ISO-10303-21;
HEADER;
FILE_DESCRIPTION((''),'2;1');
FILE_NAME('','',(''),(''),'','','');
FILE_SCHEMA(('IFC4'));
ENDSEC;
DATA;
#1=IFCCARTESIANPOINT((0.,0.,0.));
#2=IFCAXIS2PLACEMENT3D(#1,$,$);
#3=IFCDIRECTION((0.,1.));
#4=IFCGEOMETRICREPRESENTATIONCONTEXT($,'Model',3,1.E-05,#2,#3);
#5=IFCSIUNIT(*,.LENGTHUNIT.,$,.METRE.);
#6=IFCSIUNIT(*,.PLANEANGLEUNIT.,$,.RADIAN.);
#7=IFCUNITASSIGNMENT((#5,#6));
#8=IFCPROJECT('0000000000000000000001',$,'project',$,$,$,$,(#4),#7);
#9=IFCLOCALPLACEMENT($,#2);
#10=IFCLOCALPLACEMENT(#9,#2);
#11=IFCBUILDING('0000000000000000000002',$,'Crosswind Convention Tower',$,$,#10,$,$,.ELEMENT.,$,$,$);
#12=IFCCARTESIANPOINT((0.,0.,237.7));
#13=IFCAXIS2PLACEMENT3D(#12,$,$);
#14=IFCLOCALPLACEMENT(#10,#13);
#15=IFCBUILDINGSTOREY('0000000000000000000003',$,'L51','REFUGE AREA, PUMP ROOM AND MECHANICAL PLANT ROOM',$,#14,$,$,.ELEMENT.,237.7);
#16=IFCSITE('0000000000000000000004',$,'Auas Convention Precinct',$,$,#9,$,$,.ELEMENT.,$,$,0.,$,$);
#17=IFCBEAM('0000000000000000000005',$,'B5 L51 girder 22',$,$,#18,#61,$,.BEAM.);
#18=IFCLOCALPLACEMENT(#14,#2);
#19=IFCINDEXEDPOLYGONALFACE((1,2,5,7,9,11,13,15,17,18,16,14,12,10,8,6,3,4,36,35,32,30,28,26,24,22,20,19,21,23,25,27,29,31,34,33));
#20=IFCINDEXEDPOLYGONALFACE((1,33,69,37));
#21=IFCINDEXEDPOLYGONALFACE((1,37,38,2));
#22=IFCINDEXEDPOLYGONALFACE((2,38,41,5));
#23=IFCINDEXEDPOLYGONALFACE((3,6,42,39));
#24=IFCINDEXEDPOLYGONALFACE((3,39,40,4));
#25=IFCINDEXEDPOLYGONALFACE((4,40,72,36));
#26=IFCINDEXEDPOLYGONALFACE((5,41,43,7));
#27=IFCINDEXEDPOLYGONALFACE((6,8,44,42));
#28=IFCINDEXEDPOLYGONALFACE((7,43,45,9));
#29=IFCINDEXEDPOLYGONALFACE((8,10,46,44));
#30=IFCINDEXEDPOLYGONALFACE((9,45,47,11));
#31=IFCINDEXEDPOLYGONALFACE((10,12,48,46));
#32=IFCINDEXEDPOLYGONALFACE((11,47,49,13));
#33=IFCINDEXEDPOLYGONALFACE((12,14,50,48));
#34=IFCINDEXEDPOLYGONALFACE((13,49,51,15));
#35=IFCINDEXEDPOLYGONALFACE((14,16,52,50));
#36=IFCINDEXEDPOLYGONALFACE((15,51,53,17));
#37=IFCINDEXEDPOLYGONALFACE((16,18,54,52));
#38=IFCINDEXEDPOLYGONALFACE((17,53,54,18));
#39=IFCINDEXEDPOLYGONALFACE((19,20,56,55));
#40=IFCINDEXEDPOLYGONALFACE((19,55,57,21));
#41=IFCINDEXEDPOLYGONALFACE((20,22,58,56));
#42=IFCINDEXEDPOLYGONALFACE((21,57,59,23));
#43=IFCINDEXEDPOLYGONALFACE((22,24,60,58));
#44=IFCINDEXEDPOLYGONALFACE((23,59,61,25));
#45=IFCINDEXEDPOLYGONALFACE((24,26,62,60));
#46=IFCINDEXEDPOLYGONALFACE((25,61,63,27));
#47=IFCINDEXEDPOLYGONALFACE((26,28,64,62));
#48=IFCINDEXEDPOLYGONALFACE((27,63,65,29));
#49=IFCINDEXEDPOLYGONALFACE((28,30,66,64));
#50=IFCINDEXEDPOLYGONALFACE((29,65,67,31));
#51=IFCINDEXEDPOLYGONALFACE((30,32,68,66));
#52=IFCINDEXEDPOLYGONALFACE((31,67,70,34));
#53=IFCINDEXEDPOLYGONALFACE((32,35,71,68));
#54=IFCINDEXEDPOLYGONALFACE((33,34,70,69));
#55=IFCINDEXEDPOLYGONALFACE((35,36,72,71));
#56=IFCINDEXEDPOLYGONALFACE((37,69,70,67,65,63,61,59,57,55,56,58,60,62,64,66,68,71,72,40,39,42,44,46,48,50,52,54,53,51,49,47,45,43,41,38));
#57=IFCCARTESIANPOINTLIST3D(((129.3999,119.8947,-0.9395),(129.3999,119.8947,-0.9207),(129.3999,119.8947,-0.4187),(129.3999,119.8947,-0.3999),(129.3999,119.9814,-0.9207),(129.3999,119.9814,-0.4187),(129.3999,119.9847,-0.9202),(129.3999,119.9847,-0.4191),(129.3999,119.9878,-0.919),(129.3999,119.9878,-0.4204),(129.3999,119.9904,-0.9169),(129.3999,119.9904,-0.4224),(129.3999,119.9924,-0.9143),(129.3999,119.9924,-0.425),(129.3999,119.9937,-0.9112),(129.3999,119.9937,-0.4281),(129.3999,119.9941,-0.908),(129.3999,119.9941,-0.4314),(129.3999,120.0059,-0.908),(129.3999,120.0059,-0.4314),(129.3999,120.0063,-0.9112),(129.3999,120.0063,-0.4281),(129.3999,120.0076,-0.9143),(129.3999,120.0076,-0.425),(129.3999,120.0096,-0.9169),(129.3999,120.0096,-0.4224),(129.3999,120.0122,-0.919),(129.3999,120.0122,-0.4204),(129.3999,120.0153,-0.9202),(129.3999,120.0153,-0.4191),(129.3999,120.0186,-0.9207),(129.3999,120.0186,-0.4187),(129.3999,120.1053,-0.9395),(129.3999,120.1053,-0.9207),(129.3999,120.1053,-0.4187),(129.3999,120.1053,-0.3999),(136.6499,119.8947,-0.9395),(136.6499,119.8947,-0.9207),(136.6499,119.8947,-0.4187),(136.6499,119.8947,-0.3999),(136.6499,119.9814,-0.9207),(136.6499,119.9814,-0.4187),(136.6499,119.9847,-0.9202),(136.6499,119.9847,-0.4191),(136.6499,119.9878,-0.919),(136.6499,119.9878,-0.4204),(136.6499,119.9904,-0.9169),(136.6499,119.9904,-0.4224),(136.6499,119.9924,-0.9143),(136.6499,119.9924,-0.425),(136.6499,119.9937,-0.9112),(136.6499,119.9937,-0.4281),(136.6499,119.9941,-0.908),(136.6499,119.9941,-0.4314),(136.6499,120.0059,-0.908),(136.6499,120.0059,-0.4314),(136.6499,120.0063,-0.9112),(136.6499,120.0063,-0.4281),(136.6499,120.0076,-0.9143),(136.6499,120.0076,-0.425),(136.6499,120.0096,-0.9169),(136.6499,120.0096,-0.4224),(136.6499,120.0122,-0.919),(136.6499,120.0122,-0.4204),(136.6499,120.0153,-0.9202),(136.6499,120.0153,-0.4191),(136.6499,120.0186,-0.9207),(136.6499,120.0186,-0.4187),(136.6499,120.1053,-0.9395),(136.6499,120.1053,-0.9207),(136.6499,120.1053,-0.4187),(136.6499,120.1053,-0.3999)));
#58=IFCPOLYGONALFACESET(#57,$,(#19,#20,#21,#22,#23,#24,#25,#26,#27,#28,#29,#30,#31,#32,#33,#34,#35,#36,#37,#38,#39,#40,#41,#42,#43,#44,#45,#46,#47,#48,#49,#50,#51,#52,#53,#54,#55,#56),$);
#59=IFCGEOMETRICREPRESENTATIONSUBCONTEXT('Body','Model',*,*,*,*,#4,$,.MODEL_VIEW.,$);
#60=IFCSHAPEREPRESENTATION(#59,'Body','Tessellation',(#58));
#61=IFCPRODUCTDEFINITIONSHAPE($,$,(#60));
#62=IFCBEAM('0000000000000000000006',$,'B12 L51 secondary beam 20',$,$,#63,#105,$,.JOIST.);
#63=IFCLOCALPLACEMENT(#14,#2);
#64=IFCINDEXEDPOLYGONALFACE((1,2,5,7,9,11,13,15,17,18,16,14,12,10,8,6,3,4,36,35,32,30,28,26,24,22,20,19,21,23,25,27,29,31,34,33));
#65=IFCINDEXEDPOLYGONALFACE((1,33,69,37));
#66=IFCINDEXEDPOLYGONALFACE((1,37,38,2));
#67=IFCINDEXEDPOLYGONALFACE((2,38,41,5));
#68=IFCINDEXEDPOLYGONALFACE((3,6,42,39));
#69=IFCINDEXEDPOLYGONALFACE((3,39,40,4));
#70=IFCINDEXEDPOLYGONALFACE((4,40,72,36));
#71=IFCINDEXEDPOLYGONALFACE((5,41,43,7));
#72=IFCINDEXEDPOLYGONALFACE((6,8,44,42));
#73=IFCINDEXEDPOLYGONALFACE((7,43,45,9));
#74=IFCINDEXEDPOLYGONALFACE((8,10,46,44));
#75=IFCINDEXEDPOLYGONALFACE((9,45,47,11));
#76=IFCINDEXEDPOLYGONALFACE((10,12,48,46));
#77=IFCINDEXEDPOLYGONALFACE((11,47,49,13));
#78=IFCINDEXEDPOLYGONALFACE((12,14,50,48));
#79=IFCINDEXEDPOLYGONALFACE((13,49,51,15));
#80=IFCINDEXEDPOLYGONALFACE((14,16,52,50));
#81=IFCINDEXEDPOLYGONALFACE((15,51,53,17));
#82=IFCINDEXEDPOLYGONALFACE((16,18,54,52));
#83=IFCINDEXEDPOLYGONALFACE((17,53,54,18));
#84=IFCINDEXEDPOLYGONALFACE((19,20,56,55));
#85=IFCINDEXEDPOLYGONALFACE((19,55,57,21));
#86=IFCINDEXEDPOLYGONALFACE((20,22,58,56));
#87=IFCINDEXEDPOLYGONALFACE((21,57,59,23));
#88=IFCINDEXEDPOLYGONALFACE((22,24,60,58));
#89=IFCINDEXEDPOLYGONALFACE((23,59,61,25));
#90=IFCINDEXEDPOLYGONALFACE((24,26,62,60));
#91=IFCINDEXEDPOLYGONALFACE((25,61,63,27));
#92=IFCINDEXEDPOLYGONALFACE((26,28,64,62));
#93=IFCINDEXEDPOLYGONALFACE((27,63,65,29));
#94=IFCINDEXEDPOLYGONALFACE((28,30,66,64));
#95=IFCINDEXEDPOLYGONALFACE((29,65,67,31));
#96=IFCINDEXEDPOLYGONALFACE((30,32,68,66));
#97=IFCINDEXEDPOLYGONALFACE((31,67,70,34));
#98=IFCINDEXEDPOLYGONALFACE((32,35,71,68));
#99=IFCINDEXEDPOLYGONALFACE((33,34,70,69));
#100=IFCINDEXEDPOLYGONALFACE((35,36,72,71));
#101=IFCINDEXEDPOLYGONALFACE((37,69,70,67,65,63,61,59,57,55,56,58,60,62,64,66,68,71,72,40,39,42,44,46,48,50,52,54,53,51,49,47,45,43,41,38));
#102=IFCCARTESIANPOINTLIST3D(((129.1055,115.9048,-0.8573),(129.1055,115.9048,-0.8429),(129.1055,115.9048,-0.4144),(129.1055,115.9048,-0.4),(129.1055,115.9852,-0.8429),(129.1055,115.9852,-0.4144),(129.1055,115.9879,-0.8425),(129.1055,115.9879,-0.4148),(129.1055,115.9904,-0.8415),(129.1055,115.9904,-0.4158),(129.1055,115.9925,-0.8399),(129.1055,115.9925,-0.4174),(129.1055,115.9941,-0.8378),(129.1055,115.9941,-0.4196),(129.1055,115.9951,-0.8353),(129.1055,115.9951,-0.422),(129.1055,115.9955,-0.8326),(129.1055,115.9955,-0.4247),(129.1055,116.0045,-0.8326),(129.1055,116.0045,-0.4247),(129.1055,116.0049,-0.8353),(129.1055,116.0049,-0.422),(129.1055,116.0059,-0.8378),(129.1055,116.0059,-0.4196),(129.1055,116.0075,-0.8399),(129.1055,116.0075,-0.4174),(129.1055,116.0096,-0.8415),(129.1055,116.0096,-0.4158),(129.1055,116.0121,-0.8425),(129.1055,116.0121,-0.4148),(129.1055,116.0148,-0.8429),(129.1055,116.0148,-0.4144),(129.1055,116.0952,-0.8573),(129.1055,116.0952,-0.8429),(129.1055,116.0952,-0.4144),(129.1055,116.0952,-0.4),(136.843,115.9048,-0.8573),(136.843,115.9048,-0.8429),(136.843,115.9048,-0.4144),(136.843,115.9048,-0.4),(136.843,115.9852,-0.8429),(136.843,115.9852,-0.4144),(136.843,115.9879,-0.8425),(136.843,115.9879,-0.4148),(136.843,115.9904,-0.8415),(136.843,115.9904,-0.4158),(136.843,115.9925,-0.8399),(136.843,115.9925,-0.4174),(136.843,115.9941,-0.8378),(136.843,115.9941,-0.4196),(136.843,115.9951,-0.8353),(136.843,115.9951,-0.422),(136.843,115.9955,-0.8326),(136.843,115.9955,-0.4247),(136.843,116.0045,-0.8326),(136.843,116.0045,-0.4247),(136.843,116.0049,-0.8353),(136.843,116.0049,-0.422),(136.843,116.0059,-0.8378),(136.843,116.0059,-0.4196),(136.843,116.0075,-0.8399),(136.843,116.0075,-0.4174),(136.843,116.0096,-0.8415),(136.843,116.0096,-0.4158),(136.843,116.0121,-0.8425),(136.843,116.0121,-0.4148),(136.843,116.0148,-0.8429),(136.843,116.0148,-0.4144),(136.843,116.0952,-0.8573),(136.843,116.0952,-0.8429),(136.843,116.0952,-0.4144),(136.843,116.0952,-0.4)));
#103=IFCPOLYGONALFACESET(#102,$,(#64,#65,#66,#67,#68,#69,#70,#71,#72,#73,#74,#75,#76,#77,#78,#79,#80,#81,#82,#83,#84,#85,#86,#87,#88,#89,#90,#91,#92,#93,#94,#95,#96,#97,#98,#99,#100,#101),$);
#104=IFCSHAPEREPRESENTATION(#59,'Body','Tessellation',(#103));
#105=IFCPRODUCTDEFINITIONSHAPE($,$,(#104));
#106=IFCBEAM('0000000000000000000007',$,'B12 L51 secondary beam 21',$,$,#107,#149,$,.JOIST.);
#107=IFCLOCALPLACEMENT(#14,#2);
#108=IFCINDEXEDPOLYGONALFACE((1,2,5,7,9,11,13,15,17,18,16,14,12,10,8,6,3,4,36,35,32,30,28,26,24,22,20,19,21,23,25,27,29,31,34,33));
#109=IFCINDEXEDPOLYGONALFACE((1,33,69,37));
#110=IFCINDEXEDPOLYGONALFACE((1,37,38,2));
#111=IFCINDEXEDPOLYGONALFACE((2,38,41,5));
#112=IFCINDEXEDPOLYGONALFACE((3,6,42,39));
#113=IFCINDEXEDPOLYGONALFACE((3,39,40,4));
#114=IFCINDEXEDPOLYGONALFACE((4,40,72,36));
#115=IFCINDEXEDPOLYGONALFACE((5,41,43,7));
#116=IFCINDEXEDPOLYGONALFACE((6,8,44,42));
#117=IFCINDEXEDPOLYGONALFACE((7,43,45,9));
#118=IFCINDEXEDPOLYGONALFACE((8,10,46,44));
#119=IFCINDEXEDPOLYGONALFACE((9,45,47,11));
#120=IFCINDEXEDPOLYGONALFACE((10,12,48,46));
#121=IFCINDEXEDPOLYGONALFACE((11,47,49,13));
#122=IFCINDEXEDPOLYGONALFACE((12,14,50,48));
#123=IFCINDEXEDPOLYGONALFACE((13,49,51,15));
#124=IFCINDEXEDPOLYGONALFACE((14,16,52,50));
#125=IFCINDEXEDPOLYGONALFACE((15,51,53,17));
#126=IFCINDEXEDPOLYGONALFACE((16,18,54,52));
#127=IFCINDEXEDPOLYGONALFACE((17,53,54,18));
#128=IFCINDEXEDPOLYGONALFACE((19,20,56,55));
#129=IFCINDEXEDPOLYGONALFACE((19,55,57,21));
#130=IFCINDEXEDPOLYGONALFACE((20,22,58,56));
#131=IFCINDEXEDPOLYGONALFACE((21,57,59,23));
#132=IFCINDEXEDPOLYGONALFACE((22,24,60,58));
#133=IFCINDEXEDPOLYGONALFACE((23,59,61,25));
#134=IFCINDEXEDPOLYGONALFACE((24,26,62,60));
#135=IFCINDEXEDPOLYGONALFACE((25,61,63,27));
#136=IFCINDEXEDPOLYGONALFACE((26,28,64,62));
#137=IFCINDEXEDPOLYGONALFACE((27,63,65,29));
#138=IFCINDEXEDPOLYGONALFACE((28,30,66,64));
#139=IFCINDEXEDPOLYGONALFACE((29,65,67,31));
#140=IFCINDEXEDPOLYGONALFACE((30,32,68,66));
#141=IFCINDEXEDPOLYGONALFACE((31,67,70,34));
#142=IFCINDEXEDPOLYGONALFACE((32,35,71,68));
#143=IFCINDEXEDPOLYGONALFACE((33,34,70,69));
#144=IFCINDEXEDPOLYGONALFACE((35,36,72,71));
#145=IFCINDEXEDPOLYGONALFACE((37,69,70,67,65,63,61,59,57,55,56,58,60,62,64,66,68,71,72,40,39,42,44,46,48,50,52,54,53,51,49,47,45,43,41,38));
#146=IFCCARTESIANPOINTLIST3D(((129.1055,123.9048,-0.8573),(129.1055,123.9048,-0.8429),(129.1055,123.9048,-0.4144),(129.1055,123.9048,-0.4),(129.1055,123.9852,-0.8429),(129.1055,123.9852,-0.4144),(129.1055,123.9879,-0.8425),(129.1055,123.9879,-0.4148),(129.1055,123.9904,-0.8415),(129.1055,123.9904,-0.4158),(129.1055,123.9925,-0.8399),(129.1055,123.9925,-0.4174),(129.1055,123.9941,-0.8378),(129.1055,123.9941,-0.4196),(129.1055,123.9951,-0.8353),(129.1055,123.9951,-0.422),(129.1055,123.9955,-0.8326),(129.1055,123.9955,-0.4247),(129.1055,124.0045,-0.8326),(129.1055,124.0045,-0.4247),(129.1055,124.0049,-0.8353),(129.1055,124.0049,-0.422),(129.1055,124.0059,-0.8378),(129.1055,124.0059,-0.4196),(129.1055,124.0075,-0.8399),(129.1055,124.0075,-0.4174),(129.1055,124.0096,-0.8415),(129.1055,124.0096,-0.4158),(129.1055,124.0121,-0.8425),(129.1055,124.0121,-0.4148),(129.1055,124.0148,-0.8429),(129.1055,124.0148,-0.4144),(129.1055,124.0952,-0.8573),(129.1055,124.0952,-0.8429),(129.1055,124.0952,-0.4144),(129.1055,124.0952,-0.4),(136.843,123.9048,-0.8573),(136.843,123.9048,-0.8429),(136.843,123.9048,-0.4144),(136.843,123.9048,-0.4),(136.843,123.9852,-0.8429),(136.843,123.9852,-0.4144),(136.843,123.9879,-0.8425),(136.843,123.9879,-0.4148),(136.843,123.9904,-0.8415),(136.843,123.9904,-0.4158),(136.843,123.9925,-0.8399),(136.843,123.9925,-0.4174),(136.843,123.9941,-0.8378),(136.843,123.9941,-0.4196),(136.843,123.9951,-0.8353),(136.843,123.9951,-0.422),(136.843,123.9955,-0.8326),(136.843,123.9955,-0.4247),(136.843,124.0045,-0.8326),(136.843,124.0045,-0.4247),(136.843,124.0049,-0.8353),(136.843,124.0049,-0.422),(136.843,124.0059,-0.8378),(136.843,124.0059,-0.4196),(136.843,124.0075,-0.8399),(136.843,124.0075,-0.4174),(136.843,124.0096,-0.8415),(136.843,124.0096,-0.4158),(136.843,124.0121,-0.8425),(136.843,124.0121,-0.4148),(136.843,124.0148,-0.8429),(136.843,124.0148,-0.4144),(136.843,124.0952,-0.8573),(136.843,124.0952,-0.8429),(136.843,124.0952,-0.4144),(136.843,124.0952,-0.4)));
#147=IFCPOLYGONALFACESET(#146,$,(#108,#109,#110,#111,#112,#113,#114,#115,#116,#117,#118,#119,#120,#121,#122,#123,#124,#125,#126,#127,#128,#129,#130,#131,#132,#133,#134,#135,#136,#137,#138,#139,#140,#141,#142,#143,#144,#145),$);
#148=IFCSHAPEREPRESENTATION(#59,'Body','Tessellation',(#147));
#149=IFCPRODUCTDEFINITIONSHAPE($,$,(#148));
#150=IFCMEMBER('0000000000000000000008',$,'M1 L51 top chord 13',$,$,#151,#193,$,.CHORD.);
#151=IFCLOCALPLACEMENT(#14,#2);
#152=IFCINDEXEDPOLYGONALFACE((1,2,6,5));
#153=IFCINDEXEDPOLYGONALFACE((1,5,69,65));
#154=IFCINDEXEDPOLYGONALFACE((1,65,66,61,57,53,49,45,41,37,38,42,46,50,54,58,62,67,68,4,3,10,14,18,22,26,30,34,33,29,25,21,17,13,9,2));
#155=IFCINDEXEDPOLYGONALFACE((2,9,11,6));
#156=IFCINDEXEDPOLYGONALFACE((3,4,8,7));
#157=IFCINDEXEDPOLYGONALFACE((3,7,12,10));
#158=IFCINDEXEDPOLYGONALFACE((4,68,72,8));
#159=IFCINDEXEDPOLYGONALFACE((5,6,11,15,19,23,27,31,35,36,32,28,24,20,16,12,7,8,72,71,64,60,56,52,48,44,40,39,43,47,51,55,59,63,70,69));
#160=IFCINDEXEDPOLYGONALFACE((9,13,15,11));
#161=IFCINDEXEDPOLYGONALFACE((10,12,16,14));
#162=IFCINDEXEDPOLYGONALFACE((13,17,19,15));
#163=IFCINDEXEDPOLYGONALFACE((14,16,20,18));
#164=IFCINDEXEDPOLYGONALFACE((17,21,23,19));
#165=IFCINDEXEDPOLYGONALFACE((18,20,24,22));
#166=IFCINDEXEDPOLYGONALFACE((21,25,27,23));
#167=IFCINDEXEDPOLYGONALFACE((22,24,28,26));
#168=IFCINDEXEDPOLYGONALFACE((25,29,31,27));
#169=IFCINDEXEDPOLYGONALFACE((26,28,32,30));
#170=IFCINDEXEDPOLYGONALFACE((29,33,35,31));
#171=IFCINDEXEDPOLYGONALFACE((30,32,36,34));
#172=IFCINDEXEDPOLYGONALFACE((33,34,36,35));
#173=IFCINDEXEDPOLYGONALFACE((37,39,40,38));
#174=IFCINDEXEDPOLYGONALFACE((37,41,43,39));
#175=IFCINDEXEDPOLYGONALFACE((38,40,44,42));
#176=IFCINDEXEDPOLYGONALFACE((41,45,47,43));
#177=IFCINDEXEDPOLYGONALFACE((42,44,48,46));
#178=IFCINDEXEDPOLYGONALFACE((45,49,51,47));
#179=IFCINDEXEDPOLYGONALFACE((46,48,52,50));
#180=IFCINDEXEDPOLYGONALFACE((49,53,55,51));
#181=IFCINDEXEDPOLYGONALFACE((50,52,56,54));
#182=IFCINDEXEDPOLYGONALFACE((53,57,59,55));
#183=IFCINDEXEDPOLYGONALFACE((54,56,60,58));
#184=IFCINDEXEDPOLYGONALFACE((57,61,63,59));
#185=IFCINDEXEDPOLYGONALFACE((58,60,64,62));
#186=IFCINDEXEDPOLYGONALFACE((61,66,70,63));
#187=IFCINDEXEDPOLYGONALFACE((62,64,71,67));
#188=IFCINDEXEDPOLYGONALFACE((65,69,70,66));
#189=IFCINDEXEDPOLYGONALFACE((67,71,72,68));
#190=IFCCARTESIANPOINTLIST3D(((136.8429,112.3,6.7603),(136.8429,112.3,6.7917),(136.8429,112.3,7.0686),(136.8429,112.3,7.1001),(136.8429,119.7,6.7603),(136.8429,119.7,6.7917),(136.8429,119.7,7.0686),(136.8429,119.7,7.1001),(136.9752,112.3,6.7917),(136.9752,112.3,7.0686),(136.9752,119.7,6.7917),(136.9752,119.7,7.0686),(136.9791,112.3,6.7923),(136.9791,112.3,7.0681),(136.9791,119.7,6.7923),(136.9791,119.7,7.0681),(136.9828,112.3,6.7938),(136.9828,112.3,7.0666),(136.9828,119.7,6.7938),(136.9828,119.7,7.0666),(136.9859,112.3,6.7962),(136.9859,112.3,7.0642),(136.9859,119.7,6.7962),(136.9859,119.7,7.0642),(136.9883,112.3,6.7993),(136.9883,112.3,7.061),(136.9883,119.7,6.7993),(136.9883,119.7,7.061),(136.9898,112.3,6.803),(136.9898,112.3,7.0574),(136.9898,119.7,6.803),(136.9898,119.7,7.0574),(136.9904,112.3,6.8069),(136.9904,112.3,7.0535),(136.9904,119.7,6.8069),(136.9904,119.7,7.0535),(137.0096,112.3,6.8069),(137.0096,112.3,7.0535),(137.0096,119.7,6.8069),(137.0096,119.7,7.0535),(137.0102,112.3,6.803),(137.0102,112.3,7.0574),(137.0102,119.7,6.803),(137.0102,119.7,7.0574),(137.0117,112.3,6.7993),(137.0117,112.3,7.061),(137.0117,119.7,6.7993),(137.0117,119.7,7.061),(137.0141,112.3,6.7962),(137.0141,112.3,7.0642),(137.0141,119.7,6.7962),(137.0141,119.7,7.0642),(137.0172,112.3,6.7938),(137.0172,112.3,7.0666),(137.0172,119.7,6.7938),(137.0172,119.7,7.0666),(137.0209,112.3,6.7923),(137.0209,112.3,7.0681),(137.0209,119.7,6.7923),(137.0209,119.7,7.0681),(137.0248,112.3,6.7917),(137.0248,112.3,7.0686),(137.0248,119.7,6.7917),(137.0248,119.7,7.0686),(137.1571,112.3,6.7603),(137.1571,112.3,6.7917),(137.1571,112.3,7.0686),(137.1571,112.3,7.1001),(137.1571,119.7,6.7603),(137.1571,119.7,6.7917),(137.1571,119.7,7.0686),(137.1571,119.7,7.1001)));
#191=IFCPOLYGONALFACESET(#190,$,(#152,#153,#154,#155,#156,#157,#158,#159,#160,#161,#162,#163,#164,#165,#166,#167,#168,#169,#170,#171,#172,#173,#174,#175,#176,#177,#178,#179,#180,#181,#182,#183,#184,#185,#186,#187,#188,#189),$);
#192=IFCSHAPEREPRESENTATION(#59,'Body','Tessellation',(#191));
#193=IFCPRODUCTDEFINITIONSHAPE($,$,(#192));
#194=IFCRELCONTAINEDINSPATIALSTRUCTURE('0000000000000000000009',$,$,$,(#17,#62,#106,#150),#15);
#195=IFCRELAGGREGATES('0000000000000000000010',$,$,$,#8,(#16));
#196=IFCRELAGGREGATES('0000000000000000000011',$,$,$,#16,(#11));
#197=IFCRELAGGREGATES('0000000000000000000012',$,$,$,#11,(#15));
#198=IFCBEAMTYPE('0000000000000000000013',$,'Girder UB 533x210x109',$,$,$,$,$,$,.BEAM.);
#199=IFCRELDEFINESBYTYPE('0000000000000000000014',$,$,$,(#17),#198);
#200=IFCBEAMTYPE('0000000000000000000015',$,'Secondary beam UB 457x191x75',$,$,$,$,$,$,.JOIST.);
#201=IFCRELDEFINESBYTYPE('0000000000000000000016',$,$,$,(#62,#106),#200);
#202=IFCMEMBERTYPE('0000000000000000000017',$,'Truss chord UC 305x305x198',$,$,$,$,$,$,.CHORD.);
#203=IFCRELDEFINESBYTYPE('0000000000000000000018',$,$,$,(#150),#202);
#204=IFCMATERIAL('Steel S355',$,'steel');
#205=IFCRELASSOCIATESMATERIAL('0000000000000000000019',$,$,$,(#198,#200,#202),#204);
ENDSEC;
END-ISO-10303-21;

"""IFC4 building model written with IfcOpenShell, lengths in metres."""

from ifc_helpers import new_model, si_unit, direction, frame, origin, origin_2d, place, context, subcontext, project, spatial, i_section, extrude, material, material_profile, profile_set, type_object, element, save


model = new_model("IFC4")

# Units and contexts
model_context = context("Model", 3, precision=1e-05, world=origin(), true_north=direction((0.0, 1.0)))
body_context = subcontext(model_context, "Body", "Model", "MODEL_VIEW")
ifc_project = project(units=[si_unit("LENGTHUNIT", "METRE"), si_unit("PLANEANGLEUNIT", "RADIAN")], contexts=[model_context])

# Site, building, storey
site_placement = place(None, origin())
site = spatial("IfcSite", under=ifc_project, at=site_placement, Name="Auas Convention Precinct", CompositionType="ELEMENT", RefElevation=0.0)
building_placement = place(site_placement, origin())
building = spatial("IfcBuilding", under=site, at=building_placement, Name="Crosswind Convention Tower", CompositionType="ELEMENT")
storey_placement = place(building_placement, frame((0.0, 0.0, 237.7)))
storey = spatial("IfcBuildingStorey", under=building, at=storey_placement, Name="L51", Description="REFUGE AREA, PUMP ROOM AND MECHANICAL PLANT ROOM", CompositionType="ELEMENT", Elevation=237.7)

# Beams
ifc_material_1 = material(Name="Steel S355", Category="steel")
ifc_material_profile_1 = material_profile(ifc_material_1, i_section(OverallWidth=0.2107, OverallDepth=0.5396, WebThickness=0.0117, FlangeThickness=0.0188, FilletRadius=0.0127, at=origin_2d()), Name="UB 533x210x109")
ifc_profile_set_1 = profile_set([ifc_material_profile_1], Name="Steel S355")
beam_type_1 = type_object("IfcBeamType", Name="Girder UB 533x210x109", PredefinedType="BEAM", material=ifc_profile_set_1)
for number, where, z_axis, x_axis, name in (
    (1, (129.3999, 120.0, -0.6697), (1.0, 0.0, 0.0), (0.0, 1.0, 0.0), "B5 L51 girder 22"),
):
    element("IfcBeam", number, at=place(storey_placement, frame(where, z_axis=z_axis, x_axis=x_axis)), inside=storey, type_object=beam_type_1, Name=name, PredefinedType="BEAM", context=body_context, shape_type="SweptSolid", body=[
        extrude(i_section(OverallWidth=0.2107, OverallDepth=0.5396, WebThickness=0.0117, FlangeThickness=0.0188, FilletRadius=0.0127, at=origin_2d()), origin(), (0.0, 0.0, 1.0), 7.25),
    ])
ifc_material_profile_2 = material_profile(ifc_material_1, i_section(OverallWidth=0.1904, OverallDepth=0.4573, WebThickness=0.009, FlangeThickness=0.0144, FilletRadius=0.0103, at=origin_2d()), Name="UB 457x191x75")
ifc_profile_set_2 = profile_set([ifc_material_profile_2], Name="Steel S355")
beam_type_2 = type_object("IfcBeamType", Name="Secondary beam UB 457x191x75", PredefinedType="JOIST", material=ifc_profile_set_2)
for number, where, z_axis, x_axis, name in (
    (2, (129.1055, 116.0, -0.6287), (1.0, 0.0, 0.0), (0.0, 1.0, 0.0), "B12 L51 secondary beam 20"),
    (3, (129.1055, 124.0, -0.6287), (1.0, 0.0, 0.0), (0.0, 1.0, 0.0), "B12 L51 secondary beam 21"),
):
    element("IfcBeam", number, at=place(storey_placement, frame(where, z_axis=z_axis, x_axis=x_axis)), inside=storey, type_object=beam_type_2, Name=name, PredefinedType="JOIST", context=body_context, shape_type="SweptSolid", body=[
        extrude(i_section(OverallWidth=0.1904, OverallDepth=0.4573, WebThickness=0.009, FlangeThickness=0.0144, FilletRadius=0.0103, at=origin_2d()), origin(), (0.0, 0.0, 1.0), 7.7375),
    ])

# Member
ifc_material_profile_3 = material_profile(ifc_material_1, i_section(OverallWidth=0.3142, OverallDepth=0.3398, WebThickness=0.0193, FlangeThickness=0.0315, FilletRadius=0.0151, at=origin_2d()), Name="UC 305x305x198")
ifc_profile_set_3 = profile_set([ifc_material_profile_3], Name="Steel S355")
member_type_1 = type_object("IfcMemberType", Name="Truss chord UC 305x305x198", PredefinedType="CHORD", material=ifc_profile_set_3)
member_1_placement = place(storey_placement, frame((137.0, 112.3, 6.9302), z_axis=(0.0, 1.0, 0.0), x_axis=(-1.0, 0.0, 0.0)))
element("IfcMember", 4, at=member_1_placement, inside=storey, type_object=member_type_1, Name="M1 L51 top chord 13", PredefinedType="CHORD", context=body_context, shape_type="SweptSolid", body=[
    extrude(i_section(OverallWidth=0.3142, OverallDepth=0.3398, WebThickness=0.0193, FlangeThickness=0.0315, FilletRadius=0.0151, at=origin_2d()), origin(), (0.0, 0.0, 1.0), 7.3999),
])

save(model, "model.ifc")
